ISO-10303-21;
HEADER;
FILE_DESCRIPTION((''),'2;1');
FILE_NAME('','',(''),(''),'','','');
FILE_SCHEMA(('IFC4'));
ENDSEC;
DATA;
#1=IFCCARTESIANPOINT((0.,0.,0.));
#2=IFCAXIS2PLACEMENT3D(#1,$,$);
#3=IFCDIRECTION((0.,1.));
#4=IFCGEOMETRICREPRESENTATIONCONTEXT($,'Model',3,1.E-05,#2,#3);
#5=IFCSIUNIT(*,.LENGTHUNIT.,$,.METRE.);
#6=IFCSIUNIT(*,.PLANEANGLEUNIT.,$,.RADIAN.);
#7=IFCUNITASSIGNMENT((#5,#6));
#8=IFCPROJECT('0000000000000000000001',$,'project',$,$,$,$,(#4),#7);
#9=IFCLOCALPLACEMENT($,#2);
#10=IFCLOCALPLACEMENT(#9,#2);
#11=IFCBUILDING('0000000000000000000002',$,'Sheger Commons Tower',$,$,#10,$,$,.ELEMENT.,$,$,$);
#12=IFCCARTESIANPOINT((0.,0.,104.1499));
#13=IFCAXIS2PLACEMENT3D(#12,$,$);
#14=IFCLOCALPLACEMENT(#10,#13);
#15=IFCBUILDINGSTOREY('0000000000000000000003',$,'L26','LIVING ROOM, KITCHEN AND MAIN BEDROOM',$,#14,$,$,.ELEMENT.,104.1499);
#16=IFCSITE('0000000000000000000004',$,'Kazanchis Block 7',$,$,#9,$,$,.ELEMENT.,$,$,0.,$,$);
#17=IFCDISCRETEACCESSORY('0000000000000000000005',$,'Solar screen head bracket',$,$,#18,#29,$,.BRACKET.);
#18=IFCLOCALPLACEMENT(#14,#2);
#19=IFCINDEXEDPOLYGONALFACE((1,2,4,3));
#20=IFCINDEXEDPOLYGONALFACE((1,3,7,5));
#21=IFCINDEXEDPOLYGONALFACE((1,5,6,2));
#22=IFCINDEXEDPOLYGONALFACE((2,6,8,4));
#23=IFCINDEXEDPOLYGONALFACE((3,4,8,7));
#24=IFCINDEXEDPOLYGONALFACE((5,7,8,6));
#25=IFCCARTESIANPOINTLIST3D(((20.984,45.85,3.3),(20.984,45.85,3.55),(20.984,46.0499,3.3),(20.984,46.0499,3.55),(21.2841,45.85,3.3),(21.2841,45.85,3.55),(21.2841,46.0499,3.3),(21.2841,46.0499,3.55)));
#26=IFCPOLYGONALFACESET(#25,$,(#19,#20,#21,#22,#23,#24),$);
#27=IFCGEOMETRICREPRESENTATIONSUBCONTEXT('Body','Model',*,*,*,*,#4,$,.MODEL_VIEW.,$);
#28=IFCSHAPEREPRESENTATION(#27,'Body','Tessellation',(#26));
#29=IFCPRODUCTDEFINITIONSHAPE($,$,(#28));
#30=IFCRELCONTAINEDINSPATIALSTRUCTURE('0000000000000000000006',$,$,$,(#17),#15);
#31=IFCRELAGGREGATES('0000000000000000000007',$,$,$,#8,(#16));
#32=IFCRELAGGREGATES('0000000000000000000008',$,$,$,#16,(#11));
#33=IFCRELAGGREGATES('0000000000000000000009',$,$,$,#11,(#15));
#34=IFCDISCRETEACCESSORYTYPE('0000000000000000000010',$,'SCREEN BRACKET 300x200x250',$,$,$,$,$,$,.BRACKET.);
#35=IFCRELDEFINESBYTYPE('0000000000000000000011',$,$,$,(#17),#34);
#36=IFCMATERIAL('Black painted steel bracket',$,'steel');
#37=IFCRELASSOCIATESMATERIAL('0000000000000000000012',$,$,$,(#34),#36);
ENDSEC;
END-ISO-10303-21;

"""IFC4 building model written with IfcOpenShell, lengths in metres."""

from ifc_helpers import new_model, si_unit, direction, frame, origin, origin_2d, place, context, subcontext, project, spatial, rectangle, extrude, material, type_object, element, save


model = new_model("IFC4")

# Units and contexts
model_context = context("Model", 3, precision=1e-05, world=origin(), true_north=direction((0.0, 1.0)))
body_context = subcontext(model_context, "Body", "Model", "MODEL_VIEW")
ifc_project = project(units=[si_unit("LENGTHUNIT", "METRE"), si_unit("PLANEANGLEUNIT", "RADIAN")], contexts=[model_context])

# Site, building, storey
site_placement = place(None, origin())
site = spatial("IfcSite", under=ifc_project, at=site_placement, Name="Kazanchis Block 7", CompositionType="ELEMENT", RefElevation=0.0)
building_placement = place(site_placement, origin())
building = spatial("IfcBuilding", under=site, at=building_placement, Name="Sheger Commons Tower", CompositionType="ELEMENT")
storey_placement = place(building_placement, frame((0.0, 0.0, 104.1499)))
storey = spatial("IfcBuildingStorey", under=building, at=storey_placement, Name="L26", Description="LIVING ROOM, KITCHEN AND MAIN BEDROOM", CompositionType="ELEMENT", Elevation=104.1499)

# Discrete accessory
ifc_material_1 = material(Name="Black painted steel bracket", Category="steel")
discrete_accessory_type = type_object("IfcDiscreteAccessoryType", Name="SCREEN BRACKET 300x200x250", PredefinedType="BRACKET", material=ifc_material_1)
for number, where, z_axis, x_axis, name in (
    (1, (21.134, 45.95, 3.3), (0.0, 0.0, 1.0), (-1.0, 0.0, 0.0), "Solar screen head bracket"),
):
    element("IfcDiscreteAccessory", number, at=place(storey_placement, frame(where, z_axis=z_axis, x_axis=x_axis)), inside=storey, type_object=discrete_accessory_type, Name=name, PredefinedType="BRACKET", context=body_context, shape_type="SweptSolid", body=[
        extrude(rectangle(XDim=0.3, YDim=0.2, at=origin_2d()), origin(), (0.0, 0.0, 1.0), 0.25),
    ])

save(model, "model.ifc")
